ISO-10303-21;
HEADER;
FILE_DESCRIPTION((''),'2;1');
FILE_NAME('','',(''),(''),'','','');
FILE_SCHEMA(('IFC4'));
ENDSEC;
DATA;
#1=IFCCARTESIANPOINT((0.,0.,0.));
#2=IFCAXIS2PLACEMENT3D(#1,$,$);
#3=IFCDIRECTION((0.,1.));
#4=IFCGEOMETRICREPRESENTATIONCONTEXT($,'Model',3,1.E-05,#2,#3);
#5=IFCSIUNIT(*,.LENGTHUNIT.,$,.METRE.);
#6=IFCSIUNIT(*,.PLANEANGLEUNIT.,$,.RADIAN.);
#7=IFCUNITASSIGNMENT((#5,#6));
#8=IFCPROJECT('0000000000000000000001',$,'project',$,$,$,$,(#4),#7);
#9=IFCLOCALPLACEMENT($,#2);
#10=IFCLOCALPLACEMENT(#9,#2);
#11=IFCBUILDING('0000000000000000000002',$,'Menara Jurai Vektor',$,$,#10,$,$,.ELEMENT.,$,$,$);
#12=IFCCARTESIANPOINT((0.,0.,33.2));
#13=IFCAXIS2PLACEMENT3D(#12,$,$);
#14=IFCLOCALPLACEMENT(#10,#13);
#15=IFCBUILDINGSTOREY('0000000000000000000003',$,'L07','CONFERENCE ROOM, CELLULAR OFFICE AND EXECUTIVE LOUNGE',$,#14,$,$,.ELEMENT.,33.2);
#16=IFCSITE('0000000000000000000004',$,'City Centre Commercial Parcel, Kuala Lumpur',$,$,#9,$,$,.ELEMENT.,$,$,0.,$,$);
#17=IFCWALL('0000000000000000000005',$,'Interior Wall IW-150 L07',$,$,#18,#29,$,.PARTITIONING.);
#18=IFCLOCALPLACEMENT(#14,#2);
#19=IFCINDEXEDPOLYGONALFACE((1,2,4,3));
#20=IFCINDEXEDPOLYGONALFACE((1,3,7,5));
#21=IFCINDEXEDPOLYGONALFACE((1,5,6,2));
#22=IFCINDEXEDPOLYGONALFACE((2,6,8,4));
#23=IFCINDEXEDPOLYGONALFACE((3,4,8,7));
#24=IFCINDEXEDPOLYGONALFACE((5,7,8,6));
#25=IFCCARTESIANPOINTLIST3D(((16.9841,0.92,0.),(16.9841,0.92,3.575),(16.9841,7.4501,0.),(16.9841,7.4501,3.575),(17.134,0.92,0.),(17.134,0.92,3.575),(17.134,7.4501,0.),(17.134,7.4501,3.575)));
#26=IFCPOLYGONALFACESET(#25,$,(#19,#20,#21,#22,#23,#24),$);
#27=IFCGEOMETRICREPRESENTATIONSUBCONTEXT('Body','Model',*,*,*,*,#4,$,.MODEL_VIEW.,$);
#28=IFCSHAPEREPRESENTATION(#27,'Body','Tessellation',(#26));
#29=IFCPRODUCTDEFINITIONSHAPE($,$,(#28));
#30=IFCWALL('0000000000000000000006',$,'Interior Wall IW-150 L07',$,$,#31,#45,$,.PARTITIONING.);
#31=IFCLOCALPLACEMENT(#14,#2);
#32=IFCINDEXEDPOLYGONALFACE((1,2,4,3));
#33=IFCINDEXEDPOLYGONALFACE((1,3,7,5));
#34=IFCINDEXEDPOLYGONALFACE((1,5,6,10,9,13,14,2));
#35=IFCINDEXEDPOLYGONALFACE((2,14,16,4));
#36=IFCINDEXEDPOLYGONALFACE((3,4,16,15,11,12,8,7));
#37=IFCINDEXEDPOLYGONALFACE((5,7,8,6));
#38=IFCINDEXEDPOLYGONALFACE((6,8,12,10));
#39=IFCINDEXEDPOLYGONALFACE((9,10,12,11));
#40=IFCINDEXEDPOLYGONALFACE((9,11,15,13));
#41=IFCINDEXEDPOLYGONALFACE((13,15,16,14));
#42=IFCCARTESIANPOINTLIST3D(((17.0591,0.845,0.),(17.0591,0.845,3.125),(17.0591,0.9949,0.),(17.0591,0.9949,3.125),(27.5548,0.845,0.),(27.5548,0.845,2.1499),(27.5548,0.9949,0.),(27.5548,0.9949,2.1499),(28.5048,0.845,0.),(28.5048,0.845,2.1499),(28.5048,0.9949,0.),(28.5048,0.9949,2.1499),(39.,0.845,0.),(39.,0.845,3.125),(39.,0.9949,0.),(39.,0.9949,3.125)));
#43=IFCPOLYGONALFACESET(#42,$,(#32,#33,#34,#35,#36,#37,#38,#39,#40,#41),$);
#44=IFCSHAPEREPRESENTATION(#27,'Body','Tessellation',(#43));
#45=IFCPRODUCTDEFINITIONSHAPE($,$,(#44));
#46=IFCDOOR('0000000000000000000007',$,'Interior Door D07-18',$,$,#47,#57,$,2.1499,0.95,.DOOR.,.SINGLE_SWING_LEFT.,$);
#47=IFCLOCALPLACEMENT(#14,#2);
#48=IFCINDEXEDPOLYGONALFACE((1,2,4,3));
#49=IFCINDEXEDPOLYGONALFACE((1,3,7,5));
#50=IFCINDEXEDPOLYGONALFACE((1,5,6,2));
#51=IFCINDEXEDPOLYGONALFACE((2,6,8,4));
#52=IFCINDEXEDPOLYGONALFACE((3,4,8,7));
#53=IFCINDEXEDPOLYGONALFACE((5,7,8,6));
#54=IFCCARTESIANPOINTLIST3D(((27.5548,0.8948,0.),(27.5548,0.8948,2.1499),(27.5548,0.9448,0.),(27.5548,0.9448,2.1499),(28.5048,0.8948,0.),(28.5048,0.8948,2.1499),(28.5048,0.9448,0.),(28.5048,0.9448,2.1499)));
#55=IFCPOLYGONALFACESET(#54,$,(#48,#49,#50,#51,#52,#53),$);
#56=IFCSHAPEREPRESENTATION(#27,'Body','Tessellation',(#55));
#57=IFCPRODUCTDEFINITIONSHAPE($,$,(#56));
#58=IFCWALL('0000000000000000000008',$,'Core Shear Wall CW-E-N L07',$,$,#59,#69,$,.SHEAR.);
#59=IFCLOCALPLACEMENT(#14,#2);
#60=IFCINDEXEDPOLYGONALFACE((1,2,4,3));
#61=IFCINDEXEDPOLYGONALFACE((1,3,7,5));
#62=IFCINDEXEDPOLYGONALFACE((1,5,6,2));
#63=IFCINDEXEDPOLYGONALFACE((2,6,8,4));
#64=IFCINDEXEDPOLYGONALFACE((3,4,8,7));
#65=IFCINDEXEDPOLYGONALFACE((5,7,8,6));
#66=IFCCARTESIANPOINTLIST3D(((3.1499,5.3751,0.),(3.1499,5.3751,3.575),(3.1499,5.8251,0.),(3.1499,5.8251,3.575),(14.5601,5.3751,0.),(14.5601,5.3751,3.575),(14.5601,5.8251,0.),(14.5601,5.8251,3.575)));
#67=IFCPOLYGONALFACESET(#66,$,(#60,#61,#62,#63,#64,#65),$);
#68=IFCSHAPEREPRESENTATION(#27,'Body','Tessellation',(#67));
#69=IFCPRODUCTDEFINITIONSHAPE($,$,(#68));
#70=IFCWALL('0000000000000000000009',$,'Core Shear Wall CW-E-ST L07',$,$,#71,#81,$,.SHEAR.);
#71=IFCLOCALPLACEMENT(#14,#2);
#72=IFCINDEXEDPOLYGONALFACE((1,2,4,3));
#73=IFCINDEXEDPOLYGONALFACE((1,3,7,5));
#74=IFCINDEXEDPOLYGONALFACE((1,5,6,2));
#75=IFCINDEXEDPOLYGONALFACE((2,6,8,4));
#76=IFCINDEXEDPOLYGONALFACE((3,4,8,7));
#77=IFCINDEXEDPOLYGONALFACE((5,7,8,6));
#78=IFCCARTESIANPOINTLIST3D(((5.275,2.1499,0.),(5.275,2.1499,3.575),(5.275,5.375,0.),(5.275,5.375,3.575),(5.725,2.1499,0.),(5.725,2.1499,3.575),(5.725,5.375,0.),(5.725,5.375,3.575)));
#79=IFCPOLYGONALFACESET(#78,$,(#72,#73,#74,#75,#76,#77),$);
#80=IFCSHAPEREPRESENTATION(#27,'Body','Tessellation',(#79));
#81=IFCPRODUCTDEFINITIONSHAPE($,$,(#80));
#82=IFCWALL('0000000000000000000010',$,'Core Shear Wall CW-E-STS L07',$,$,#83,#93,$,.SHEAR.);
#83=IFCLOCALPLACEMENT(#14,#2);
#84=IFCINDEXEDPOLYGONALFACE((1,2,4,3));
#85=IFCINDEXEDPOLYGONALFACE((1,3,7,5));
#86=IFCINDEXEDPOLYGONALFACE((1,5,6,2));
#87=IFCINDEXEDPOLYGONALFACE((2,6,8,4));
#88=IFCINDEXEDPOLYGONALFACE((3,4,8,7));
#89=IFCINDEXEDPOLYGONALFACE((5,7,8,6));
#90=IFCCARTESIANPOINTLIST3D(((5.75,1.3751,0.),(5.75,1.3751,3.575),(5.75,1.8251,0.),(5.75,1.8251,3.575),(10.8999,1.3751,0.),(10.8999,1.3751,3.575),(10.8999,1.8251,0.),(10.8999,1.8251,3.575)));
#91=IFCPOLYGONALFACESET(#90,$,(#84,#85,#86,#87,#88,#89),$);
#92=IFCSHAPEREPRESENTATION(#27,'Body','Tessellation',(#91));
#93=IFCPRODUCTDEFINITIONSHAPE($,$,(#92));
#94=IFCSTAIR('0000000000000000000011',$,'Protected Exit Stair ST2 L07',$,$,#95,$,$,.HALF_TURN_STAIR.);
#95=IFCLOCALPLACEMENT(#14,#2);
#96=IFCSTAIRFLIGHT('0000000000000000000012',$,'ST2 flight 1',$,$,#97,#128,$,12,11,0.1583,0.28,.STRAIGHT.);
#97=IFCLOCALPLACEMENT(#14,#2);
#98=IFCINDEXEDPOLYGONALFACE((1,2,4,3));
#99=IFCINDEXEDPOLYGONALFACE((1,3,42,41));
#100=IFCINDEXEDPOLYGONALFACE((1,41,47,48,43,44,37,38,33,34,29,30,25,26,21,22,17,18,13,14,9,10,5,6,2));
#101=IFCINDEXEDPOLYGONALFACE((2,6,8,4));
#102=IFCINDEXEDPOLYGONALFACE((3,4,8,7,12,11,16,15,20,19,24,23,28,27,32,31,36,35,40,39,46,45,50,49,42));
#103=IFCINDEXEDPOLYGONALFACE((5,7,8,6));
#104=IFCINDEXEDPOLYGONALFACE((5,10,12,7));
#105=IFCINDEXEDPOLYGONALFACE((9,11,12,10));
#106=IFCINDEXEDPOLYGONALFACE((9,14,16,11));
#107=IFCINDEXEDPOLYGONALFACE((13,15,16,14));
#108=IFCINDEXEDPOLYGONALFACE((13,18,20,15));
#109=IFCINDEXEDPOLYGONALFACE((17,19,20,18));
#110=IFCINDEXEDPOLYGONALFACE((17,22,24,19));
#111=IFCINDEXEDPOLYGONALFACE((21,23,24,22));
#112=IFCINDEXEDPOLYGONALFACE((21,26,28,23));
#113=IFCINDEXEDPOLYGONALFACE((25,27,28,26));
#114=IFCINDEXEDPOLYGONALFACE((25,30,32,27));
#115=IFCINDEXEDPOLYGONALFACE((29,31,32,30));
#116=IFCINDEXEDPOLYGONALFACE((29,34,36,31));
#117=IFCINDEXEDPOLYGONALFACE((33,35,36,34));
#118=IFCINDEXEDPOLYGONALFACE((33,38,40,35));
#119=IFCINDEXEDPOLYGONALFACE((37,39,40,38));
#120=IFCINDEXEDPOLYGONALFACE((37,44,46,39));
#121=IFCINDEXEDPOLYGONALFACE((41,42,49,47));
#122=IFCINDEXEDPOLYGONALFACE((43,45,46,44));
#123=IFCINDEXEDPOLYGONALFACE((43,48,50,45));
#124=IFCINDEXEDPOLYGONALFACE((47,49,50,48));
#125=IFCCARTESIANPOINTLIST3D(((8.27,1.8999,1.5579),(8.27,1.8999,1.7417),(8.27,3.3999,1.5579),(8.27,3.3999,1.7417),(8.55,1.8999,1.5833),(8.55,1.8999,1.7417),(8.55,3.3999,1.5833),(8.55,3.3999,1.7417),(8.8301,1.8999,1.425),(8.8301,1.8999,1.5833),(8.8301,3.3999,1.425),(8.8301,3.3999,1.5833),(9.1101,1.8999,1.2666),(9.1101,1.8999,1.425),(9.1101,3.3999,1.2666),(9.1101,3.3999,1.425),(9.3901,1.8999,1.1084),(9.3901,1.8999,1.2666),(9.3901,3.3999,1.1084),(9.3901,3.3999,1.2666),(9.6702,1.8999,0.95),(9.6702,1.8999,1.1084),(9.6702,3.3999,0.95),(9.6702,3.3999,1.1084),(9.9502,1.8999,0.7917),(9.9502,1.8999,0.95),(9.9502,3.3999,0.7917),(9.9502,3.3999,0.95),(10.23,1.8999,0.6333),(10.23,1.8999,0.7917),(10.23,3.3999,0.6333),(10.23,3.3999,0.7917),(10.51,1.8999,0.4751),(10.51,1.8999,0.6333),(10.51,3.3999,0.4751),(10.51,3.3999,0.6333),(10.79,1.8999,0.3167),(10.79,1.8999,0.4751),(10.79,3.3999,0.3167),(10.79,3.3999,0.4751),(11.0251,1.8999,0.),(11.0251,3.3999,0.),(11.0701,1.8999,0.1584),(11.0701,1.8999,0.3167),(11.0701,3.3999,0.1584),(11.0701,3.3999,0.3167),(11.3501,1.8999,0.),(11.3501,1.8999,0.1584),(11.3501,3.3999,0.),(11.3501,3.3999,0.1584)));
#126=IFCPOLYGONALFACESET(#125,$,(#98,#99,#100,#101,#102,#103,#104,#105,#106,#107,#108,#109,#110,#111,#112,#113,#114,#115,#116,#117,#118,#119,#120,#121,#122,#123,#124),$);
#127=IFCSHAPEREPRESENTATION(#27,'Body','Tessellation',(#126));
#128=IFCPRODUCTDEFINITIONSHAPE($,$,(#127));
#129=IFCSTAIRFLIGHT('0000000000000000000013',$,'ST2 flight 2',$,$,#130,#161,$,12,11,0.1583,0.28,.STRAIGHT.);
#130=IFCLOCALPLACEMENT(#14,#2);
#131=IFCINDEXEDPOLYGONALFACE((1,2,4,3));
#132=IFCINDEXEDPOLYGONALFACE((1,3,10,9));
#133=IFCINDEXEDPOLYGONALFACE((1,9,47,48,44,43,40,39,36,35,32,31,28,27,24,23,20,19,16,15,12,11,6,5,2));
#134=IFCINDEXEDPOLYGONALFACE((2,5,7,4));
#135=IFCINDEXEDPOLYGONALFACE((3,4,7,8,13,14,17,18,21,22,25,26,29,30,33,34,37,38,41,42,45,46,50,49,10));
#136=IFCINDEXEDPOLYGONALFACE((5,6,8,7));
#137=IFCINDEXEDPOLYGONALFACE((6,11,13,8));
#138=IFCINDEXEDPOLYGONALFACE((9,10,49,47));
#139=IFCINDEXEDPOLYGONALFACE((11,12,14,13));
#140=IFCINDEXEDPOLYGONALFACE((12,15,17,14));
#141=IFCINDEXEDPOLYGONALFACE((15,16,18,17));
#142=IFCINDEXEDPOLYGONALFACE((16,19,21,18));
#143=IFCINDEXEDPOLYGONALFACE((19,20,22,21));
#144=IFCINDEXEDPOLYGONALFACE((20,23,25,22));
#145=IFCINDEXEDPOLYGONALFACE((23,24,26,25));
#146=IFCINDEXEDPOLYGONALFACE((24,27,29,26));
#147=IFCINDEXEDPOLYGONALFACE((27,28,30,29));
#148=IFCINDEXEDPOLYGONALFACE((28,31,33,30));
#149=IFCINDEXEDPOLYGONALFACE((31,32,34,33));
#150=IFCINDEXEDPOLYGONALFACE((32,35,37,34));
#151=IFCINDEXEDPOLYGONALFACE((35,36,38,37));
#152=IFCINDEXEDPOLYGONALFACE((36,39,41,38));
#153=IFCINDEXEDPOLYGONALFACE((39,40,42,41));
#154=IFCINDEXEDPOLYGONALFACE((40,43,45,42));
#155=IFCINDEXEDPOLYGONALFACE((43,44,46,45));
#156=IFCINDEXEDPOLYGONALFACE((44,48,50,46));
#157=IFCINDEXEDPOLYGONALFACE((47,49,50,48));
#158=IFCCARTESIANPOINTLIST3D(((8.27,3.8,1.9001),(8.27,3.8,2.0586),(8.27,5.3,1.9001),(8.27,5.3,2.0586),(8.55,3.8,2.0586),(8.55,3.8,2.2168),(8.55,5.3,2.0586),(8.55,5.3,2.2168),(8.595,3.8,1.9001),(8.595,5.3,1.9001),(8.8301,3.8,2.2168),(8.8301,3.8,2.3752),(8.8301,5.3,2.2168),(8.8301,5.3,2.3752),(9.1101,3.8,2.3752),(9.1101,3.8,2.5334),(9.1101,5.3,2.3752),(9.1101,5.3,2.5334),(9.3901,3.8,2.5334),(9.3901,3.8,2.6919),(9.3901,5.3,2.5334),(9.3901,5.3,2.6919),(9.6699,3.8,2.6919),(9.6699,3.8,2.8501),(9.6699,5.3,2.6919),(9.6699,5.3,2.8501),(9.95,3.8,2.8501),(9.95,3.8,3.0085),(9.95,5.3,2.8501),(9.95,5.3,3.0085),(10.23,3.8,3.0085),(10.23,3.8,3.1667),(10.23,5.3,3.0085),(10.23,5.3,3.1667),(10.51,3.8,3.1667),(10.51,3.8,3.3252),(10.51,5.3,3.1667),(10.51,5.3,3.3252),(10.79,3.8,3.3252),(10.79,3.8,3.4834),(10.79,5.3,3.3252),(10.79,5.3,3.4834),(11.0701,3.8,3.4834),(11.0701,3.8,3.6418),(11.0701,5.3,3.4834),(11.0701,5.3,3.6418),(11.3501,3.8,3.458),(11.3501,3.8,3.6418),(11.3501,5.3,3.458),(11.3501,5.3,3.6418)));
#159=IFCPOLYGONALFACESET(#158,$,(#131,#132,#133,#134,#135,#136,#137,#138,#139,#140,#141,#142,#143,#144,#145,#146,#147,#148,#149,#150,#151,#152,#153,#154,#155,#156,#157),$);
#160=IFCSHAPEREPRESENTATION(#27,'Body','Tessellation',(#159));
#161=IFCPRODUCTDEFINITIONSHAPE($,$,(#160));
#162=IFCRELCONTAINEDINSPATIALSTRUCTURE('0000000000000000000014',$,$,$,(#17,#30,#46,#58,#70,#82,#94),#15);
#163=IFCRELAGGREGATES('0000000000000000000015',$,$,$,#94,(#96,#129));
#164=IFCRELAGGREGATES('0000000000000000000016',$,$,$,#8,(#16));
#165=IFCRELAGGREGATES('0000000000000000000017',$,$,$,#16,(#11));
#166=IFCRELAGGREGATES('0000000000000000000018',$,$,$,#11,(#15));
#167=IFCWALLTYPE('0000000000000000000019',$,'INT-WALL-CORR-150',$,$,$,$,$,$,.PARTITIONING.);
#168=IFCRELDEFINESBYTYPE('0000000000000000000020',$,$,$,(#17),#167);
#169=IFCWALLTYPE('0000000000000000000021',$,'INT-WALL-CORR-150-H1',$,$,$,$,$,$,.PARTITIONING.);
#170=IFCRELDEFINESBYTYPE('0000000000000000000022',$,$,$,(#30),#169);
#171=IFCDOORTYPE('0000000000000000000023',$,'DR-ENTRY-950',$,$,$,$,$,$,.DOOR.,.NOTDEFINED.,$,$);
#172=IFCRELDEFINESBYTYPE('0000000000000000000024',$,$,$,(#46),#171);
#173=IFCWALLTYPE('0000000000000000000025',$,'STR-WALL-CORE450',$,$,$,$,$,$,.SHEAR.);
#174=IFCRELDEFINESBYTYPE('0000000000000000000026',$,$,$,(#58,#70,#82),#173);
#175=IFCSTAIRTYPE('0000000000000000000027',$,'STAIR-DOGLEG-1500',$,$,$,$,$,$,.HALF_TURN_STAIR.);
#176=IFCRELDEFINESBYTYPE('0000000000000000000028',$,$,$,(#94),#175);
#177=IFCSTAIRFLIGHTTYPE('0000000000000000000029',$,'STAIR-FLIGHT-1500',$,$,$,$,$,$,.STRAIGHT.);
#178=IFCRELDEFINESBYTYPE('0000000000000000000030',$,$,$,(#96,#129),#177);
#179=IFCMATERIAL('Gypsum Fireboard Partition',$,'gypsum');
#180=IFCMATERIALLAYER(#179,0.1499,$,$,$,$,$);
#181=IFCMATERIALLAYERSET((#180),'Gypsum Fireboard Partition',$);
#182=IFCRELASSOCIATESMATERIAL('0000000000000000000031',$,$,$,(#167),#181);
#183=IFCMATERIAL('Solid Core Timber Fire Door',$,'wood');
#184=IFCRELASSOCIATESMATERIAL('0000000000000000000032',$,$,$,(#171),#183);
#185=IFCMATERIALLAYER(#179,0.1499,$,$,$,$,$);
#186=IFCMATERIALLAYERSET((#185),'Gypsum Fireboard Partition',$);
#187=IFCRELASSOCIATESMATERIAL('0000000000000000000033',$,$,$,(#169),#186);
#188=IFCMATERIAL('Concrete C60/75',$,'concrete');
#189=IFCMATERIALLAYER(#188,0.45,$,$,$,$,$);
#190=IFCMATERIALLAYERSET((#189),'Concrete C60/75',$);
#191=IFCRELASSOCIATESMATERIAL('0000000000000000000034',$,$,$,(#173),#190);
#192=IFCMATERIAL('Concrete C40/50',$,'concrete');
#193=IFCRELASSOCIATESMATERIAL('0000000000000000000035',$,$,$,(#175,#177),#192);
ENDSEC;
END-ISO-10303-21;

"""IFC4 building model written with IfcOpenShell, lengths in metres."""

from ifc_helpers import new_model, si_unit, direction, frame, frame_2d, origin, place, context, subcontext, project, spatial, polyline, rectangle, outline, extrude, material, layer, layer_set, type_object, element, fill, aggregate, save


model = new_model("IFC4")

# Units and contexts
model_context = context("Model", 3, precision=1e-05, world=origin(), true_north=direction((0.0, 1.0)))
body_context = subcontext(model_context, "Body", "Model", "MODEL_VIEW")
ifc_project = project(units=[si_unit("LENGTHUNIT", "METRE"), si_unit("PLANEANGLEUNIT", "RADIAN")], contexts=[model_context])

# Site, building, storey
site_placement = place(None, origin())
site = spatial("IfcSite", under=ifc_project, at=site_placement, Name="City Centre Commercial Parcel, Kuala Lumpur", CompositionType="ELEMENT", RefElevation=0.0)
building_placement = place(site_placement, origin())
building = spatial("IfcBuilding", under=site, at=building_placement, Name="Menara Jurai Vektor", CompositionType="ELEMENT")
storey_placement = place(building_placement, frame((0.0, 0.0, 33.2)))
storey = spatial("IfcBuildingStorey", under=building, at=storey_placement, Name="L07", Description="CONFERENCE ROOM, CELLULAR OFFICE AND EXECUTIVE LOUNGE", CompositionType="ELEMENT", Elevation=33.2)

# Shared definitions
ifc_material_1 = material(Name="Concrete C60/75", Category="concrete")

# Shared definitions
ifc_material_2 = material(Name="Concrete C40/50", Category="concrete")

# Shared definitions
ifc_material_3 = material(Name="Gypsum Fireboard Partition", Category="gypsum")
ifc_layer_1 = layer(ifc_material_3, 0.1499)
ifc_layer_set_1 = layer_set([ifc_layer_1], Name="Gypsum Fireboard Partition")
wall_type_1 = type_object("IfcWallType", Name="INT-WALL-CORR-150", PredefinedType="PARTITIONING", material=ifc_layer_set_1)

# Shared definitions
ifc_material_4 = material(Name="Solid Core Timber Fire Door", Category="wood")
door_type_1 = type_object("IfcDoorType", Name="DR-ENTRY-950", OperationType="NOTDEFINED", PredefinedType="DOOR", material=ifc_material_4)

# Wall
wall_1_placement = place(storey_placement, frame((17.0591, 0.9199, 0.0), z_axis=(0.0, 0.0, 1.0), x_axis=(0.0, 1.0, 0.0)))
element("IfcWall", 1, at=wall_1_placement, inside=storey, type_object=wall_type_1, Name="Interior Wall IW-150 L07", PredefinedType="PARTITIONING", context=body_context, shape_type="SweptSolid", body=[
    extrude(rectangle(XDim=6.53, YDim=0.1499, at=frame_2d((3.2651, 0.0))), origin(), (0.0, 0.0, 1.0), 3.575),
])

# Wall, opening, door
ifc_layer_2 = layer(ifc_material_3, 0.1499)
ifc_layer_set_2 = layer_set([ifc_layer_2], Name="Gypsum Fireboard Partition")
wall_type_2 = type_object("IfcWallType", Name="INT-WALL-CORR-150-H1", PredefinedType="PARTITIONING", material=ifc_layer_set_2)
wall_2_placement = place(storey_placement, frame((17.0591, 0.9199, 0.0), z_axis=(0.0, 0.0, 1.0), x_axis=(1.0, 0.0, 0.0)))
wall_2 = element("IfcWall", 2, at=wall_2_placement, inside=storey, type_object=wall_type_2, Name="Interior Wall IW-150 L07", PredefinedType="PARTITIONING", context=body_context, shape_type="SweptSolid", body=[
    extrude(rectangle(XDim=21.9409, YDim=0.1499, at=frame_2d((10.9705, 0.0))), origin(), (0.0, 0.0, 1.0), 3.125),
])
opening_1_placement = place(wall_2_placement, frame((10.4956, 0.0, 0.0)))
opening_1 = element("IfcOpeningElement", 3, at=opening_1_placement, cuts=wall_2, PredefinedType="OPENING", context=body_context, shape_type="SweptSolid", body=[
    extrude(rectangle(XDim=0.95, YDim=2.1499, at=frame_2d((0.4751, 1.075))), frame((0.0, 0.085, 0.0), z_axis=(0.0, -1.0, 0.0), x_axis=(1.0, 0.0, 0.0)), (0.0, 0.0, 1.0), 0.1699),
])
door_1_placement = place(opening_1_placement, origin())
door_1 = element("IfcDoor", 4, at=door_1_placement, inside=storey, type_object=door_type_1, Name="Interior Door D07-18", OperationType="SINGLE_SWING_LEFT", OverallHeight=2.1499, OverallWidth=0.95, PredefinedType="DOOR", context=body_context, shape_type="SweptSolid", body=[
    extrude(rectangle(XDim=0.95, YDim=2.1499, at=frame_2d((0.4751, 1.075))), frame((0.0, 0.0249, 0.0), z_axis=(0.0, -1.0, 0.0), x_axis=(1.0, 0.0, 0.0)), (0.0, 0.0, 1.0), 0.05),
])
fill(opening_1, door_1)

# Walls
ifc_layer_3 = layer(ifc_material_1, 0.45)
ifc_layer_set_3 = layer_set([ifc_layer_3], Name="Concrete C60/75")
wall_type_3 = type_object("IfcWallType", Name="STR-WALL-CORE450", PredefinedType="SHEAR", material=ifc_layer_set_3)
wall_3_placement = place(storey_placement, frame((3.1499, 5.6001, 0.0), z_axis=(0.0, 0.0, 1.0), x_axis=(1.0, 0.0, 0.0)))
element("IfcWall", 5, at=wall_3_placement, inside=storey, type_object=wall_type_3, Name="Core Shear Wall CW-E-N L07", PredefinedType="SHEAR", context=body_context, shape_type="SweptSolid", body=[
    extrude(rectangle(XDim=11.4102, YDim=0.45, at=frame_2d((5.7051, 0.0))), origin(), (0.0, 0.0, 1.0), 3.575),
])
wall_4_placement = place(storey_placement, frame((5.5, 2.1499, 0.0), z_axis=(0.0, 0.0, 1.0), x_axis=(0.0, 1.0, 0.0)))
element("IfcWall", 6, at=wall_4_placement, inside=storey, type_object=wall_type_3, Name="Core Shear Wall CW-E-ST L07", PredefinedType="SHEAR", context=body_context, shape_type="SweptSolid", body=[
    extrude(rectangle(XDim=3.2251, YDim=0.45, at=frame_2d((1.6125, 0.0))), origin(), (0.0, 0.0, 1.0), 3.575),
])
wall_5_placement = place(storey_placement, frame((5.75, 1.6001, 0.0), z_axis=(0.0, 0.0, 1.0), x_axis=(1.0, 0.0, 0.0)))
element("IfcWall", 7, at=wall_5_placement, inside=storey, type_object=wall_type_3, Name="Core Shear Wall CW-E-STS L07", PredefinedType="SHEAR", context=body_context, shape_type="SweptSolid", body=[
    extrude(rectangle(XDim=5.1499, YDim=0.45, at=frame_2d((2.575, 0.0))), origin(), (0.0, 0.0, 1.0), 3.575),
])

# Stair, stair flights
stair_type = type_object("IfcStairType", Name="STAIR-DOGLEG-1500", PredefinedType="HALF_TURN_STAIR", material=ifc_material_2)
stair_placement = place(storey_placement, origin())
stair = element("IfcStair", 8, at=stair_placement, inside=storey, type_object=stair_type, Name="Protected Exit Stair ST2 L07", PredefinedType="HALF_TURN_STAIR")
stair_flight_type = type_object("IfcStairFlightType", Name="STAIR-FLIGHT-1500", PredefinedType="STRAIGHT", material=ifc_material_2)
stair_flight_1_placement = place(storey_placement, frame((11.3501, 2.6499, 0.0), z_axis=(0.0, 0.0, 1.0), x_axis=(-1.0, 0.0, 0.0)))
stair_flight_1 = element("IfcStairFlight", 9, at=stair_flight_1_placement, type_object=stair_flight_type, Name="ST2 flight 1", NumberOfRisers=12, NumberOfTreads=11, PredefinedType="STRAIGHT", RiserHeight=0.1583, TreadLength=0.28, context=body_context, shape_type="SweptSolid", body=[
    extrude(outline(polyline([(0.0, 0.0), (0.0, 0.1584), (0.28, 0.1584), (0.28, 0.3167), (0.5601, 0.3167), (0.5601, 0.4751), (0.8401, 0.4751), (0.8401, 0.6333), (1.1201, 0.6333), (1.1201, 0.7917), (1.3999, 0.7917), (1.3999, 0.95), (1.6799, 0.95), (1.6799, 1.1084), (1.96, 1.1084), (1.96, 1.2666), (2.24, 1.2666), (2.24, 1.425), (2.52, 1.425), (2.52, 1.5833), (2.8, 1.5833), (2.8, 1.7417), (3.0801, 1.7417), (3.0801, 1.8999), (3.0801, 1.5579), (0.325, 0.0), (0.0, 0.0)])), frame((0.0, 0.75, 0.0), z_axis=(0.0, -1.0, 0.0), x_axis=(1.0, 0.0, 0.0)), (0.0, 0.0, 1.0), 1.5),
])
stair_flight_2_placement = place(storey_placement, frame((8.27, 4.55, 1.9001), z_axis=(0.0, 0.0, 1.0), x_axis=(1.0, 0.0, 0.0)))
stair_flight_2 = element("IfcStairFlight", 10, at=stair_flight_2_placement, type_object=stair_flight_type, Name="ST2 flight 2", NumberOfRisers=12, NumberOfTreads=11, PredefinedType="STRAIGHT", RiserHeight=0.1583, TreadLength=0.28, context=body_context, shape_type="SweptSolid", body=[
    extrude(outline(polyline([(0.0, 0.0), (0.0, 0.1584), (0.28, 0.1584), (0.28, 0.3167), (0.5601, 0.3167), (0.5601, 0.4751), (0.8401, 0.4751), (0.8401, 0.6333), (1.1201, 0.6333), (1.1201, 0.7917), (1.3999, 0.7917), (1.3999, 0.95), (1.6799, 0.95), (1.6799, 1.1084), (1.96, 1.1084), (1.96, 1.2666), (2.24, 1.2666), (2.24, 1.425), (2.52, 1.425), (2.52, 1.5833), (2.8, 1.5833), (2.8, 1.7417), (3.0801, 1.7417), (3.0801, 1.8999), (3.0801, 1.5579), (0.325, 0.0), (0.0, 0.0)])), frame((0.0, 0.75, 0.0), z_axis=(0.0, -1.0, 0.0), x_axis=(1.0, 0.0, 0.0)), (0.0, 0.0, 1.0), 1.5),
])
aggregate(stair, [stair_flight_1, stair_flight_2])

save(model, "model.ifc")
